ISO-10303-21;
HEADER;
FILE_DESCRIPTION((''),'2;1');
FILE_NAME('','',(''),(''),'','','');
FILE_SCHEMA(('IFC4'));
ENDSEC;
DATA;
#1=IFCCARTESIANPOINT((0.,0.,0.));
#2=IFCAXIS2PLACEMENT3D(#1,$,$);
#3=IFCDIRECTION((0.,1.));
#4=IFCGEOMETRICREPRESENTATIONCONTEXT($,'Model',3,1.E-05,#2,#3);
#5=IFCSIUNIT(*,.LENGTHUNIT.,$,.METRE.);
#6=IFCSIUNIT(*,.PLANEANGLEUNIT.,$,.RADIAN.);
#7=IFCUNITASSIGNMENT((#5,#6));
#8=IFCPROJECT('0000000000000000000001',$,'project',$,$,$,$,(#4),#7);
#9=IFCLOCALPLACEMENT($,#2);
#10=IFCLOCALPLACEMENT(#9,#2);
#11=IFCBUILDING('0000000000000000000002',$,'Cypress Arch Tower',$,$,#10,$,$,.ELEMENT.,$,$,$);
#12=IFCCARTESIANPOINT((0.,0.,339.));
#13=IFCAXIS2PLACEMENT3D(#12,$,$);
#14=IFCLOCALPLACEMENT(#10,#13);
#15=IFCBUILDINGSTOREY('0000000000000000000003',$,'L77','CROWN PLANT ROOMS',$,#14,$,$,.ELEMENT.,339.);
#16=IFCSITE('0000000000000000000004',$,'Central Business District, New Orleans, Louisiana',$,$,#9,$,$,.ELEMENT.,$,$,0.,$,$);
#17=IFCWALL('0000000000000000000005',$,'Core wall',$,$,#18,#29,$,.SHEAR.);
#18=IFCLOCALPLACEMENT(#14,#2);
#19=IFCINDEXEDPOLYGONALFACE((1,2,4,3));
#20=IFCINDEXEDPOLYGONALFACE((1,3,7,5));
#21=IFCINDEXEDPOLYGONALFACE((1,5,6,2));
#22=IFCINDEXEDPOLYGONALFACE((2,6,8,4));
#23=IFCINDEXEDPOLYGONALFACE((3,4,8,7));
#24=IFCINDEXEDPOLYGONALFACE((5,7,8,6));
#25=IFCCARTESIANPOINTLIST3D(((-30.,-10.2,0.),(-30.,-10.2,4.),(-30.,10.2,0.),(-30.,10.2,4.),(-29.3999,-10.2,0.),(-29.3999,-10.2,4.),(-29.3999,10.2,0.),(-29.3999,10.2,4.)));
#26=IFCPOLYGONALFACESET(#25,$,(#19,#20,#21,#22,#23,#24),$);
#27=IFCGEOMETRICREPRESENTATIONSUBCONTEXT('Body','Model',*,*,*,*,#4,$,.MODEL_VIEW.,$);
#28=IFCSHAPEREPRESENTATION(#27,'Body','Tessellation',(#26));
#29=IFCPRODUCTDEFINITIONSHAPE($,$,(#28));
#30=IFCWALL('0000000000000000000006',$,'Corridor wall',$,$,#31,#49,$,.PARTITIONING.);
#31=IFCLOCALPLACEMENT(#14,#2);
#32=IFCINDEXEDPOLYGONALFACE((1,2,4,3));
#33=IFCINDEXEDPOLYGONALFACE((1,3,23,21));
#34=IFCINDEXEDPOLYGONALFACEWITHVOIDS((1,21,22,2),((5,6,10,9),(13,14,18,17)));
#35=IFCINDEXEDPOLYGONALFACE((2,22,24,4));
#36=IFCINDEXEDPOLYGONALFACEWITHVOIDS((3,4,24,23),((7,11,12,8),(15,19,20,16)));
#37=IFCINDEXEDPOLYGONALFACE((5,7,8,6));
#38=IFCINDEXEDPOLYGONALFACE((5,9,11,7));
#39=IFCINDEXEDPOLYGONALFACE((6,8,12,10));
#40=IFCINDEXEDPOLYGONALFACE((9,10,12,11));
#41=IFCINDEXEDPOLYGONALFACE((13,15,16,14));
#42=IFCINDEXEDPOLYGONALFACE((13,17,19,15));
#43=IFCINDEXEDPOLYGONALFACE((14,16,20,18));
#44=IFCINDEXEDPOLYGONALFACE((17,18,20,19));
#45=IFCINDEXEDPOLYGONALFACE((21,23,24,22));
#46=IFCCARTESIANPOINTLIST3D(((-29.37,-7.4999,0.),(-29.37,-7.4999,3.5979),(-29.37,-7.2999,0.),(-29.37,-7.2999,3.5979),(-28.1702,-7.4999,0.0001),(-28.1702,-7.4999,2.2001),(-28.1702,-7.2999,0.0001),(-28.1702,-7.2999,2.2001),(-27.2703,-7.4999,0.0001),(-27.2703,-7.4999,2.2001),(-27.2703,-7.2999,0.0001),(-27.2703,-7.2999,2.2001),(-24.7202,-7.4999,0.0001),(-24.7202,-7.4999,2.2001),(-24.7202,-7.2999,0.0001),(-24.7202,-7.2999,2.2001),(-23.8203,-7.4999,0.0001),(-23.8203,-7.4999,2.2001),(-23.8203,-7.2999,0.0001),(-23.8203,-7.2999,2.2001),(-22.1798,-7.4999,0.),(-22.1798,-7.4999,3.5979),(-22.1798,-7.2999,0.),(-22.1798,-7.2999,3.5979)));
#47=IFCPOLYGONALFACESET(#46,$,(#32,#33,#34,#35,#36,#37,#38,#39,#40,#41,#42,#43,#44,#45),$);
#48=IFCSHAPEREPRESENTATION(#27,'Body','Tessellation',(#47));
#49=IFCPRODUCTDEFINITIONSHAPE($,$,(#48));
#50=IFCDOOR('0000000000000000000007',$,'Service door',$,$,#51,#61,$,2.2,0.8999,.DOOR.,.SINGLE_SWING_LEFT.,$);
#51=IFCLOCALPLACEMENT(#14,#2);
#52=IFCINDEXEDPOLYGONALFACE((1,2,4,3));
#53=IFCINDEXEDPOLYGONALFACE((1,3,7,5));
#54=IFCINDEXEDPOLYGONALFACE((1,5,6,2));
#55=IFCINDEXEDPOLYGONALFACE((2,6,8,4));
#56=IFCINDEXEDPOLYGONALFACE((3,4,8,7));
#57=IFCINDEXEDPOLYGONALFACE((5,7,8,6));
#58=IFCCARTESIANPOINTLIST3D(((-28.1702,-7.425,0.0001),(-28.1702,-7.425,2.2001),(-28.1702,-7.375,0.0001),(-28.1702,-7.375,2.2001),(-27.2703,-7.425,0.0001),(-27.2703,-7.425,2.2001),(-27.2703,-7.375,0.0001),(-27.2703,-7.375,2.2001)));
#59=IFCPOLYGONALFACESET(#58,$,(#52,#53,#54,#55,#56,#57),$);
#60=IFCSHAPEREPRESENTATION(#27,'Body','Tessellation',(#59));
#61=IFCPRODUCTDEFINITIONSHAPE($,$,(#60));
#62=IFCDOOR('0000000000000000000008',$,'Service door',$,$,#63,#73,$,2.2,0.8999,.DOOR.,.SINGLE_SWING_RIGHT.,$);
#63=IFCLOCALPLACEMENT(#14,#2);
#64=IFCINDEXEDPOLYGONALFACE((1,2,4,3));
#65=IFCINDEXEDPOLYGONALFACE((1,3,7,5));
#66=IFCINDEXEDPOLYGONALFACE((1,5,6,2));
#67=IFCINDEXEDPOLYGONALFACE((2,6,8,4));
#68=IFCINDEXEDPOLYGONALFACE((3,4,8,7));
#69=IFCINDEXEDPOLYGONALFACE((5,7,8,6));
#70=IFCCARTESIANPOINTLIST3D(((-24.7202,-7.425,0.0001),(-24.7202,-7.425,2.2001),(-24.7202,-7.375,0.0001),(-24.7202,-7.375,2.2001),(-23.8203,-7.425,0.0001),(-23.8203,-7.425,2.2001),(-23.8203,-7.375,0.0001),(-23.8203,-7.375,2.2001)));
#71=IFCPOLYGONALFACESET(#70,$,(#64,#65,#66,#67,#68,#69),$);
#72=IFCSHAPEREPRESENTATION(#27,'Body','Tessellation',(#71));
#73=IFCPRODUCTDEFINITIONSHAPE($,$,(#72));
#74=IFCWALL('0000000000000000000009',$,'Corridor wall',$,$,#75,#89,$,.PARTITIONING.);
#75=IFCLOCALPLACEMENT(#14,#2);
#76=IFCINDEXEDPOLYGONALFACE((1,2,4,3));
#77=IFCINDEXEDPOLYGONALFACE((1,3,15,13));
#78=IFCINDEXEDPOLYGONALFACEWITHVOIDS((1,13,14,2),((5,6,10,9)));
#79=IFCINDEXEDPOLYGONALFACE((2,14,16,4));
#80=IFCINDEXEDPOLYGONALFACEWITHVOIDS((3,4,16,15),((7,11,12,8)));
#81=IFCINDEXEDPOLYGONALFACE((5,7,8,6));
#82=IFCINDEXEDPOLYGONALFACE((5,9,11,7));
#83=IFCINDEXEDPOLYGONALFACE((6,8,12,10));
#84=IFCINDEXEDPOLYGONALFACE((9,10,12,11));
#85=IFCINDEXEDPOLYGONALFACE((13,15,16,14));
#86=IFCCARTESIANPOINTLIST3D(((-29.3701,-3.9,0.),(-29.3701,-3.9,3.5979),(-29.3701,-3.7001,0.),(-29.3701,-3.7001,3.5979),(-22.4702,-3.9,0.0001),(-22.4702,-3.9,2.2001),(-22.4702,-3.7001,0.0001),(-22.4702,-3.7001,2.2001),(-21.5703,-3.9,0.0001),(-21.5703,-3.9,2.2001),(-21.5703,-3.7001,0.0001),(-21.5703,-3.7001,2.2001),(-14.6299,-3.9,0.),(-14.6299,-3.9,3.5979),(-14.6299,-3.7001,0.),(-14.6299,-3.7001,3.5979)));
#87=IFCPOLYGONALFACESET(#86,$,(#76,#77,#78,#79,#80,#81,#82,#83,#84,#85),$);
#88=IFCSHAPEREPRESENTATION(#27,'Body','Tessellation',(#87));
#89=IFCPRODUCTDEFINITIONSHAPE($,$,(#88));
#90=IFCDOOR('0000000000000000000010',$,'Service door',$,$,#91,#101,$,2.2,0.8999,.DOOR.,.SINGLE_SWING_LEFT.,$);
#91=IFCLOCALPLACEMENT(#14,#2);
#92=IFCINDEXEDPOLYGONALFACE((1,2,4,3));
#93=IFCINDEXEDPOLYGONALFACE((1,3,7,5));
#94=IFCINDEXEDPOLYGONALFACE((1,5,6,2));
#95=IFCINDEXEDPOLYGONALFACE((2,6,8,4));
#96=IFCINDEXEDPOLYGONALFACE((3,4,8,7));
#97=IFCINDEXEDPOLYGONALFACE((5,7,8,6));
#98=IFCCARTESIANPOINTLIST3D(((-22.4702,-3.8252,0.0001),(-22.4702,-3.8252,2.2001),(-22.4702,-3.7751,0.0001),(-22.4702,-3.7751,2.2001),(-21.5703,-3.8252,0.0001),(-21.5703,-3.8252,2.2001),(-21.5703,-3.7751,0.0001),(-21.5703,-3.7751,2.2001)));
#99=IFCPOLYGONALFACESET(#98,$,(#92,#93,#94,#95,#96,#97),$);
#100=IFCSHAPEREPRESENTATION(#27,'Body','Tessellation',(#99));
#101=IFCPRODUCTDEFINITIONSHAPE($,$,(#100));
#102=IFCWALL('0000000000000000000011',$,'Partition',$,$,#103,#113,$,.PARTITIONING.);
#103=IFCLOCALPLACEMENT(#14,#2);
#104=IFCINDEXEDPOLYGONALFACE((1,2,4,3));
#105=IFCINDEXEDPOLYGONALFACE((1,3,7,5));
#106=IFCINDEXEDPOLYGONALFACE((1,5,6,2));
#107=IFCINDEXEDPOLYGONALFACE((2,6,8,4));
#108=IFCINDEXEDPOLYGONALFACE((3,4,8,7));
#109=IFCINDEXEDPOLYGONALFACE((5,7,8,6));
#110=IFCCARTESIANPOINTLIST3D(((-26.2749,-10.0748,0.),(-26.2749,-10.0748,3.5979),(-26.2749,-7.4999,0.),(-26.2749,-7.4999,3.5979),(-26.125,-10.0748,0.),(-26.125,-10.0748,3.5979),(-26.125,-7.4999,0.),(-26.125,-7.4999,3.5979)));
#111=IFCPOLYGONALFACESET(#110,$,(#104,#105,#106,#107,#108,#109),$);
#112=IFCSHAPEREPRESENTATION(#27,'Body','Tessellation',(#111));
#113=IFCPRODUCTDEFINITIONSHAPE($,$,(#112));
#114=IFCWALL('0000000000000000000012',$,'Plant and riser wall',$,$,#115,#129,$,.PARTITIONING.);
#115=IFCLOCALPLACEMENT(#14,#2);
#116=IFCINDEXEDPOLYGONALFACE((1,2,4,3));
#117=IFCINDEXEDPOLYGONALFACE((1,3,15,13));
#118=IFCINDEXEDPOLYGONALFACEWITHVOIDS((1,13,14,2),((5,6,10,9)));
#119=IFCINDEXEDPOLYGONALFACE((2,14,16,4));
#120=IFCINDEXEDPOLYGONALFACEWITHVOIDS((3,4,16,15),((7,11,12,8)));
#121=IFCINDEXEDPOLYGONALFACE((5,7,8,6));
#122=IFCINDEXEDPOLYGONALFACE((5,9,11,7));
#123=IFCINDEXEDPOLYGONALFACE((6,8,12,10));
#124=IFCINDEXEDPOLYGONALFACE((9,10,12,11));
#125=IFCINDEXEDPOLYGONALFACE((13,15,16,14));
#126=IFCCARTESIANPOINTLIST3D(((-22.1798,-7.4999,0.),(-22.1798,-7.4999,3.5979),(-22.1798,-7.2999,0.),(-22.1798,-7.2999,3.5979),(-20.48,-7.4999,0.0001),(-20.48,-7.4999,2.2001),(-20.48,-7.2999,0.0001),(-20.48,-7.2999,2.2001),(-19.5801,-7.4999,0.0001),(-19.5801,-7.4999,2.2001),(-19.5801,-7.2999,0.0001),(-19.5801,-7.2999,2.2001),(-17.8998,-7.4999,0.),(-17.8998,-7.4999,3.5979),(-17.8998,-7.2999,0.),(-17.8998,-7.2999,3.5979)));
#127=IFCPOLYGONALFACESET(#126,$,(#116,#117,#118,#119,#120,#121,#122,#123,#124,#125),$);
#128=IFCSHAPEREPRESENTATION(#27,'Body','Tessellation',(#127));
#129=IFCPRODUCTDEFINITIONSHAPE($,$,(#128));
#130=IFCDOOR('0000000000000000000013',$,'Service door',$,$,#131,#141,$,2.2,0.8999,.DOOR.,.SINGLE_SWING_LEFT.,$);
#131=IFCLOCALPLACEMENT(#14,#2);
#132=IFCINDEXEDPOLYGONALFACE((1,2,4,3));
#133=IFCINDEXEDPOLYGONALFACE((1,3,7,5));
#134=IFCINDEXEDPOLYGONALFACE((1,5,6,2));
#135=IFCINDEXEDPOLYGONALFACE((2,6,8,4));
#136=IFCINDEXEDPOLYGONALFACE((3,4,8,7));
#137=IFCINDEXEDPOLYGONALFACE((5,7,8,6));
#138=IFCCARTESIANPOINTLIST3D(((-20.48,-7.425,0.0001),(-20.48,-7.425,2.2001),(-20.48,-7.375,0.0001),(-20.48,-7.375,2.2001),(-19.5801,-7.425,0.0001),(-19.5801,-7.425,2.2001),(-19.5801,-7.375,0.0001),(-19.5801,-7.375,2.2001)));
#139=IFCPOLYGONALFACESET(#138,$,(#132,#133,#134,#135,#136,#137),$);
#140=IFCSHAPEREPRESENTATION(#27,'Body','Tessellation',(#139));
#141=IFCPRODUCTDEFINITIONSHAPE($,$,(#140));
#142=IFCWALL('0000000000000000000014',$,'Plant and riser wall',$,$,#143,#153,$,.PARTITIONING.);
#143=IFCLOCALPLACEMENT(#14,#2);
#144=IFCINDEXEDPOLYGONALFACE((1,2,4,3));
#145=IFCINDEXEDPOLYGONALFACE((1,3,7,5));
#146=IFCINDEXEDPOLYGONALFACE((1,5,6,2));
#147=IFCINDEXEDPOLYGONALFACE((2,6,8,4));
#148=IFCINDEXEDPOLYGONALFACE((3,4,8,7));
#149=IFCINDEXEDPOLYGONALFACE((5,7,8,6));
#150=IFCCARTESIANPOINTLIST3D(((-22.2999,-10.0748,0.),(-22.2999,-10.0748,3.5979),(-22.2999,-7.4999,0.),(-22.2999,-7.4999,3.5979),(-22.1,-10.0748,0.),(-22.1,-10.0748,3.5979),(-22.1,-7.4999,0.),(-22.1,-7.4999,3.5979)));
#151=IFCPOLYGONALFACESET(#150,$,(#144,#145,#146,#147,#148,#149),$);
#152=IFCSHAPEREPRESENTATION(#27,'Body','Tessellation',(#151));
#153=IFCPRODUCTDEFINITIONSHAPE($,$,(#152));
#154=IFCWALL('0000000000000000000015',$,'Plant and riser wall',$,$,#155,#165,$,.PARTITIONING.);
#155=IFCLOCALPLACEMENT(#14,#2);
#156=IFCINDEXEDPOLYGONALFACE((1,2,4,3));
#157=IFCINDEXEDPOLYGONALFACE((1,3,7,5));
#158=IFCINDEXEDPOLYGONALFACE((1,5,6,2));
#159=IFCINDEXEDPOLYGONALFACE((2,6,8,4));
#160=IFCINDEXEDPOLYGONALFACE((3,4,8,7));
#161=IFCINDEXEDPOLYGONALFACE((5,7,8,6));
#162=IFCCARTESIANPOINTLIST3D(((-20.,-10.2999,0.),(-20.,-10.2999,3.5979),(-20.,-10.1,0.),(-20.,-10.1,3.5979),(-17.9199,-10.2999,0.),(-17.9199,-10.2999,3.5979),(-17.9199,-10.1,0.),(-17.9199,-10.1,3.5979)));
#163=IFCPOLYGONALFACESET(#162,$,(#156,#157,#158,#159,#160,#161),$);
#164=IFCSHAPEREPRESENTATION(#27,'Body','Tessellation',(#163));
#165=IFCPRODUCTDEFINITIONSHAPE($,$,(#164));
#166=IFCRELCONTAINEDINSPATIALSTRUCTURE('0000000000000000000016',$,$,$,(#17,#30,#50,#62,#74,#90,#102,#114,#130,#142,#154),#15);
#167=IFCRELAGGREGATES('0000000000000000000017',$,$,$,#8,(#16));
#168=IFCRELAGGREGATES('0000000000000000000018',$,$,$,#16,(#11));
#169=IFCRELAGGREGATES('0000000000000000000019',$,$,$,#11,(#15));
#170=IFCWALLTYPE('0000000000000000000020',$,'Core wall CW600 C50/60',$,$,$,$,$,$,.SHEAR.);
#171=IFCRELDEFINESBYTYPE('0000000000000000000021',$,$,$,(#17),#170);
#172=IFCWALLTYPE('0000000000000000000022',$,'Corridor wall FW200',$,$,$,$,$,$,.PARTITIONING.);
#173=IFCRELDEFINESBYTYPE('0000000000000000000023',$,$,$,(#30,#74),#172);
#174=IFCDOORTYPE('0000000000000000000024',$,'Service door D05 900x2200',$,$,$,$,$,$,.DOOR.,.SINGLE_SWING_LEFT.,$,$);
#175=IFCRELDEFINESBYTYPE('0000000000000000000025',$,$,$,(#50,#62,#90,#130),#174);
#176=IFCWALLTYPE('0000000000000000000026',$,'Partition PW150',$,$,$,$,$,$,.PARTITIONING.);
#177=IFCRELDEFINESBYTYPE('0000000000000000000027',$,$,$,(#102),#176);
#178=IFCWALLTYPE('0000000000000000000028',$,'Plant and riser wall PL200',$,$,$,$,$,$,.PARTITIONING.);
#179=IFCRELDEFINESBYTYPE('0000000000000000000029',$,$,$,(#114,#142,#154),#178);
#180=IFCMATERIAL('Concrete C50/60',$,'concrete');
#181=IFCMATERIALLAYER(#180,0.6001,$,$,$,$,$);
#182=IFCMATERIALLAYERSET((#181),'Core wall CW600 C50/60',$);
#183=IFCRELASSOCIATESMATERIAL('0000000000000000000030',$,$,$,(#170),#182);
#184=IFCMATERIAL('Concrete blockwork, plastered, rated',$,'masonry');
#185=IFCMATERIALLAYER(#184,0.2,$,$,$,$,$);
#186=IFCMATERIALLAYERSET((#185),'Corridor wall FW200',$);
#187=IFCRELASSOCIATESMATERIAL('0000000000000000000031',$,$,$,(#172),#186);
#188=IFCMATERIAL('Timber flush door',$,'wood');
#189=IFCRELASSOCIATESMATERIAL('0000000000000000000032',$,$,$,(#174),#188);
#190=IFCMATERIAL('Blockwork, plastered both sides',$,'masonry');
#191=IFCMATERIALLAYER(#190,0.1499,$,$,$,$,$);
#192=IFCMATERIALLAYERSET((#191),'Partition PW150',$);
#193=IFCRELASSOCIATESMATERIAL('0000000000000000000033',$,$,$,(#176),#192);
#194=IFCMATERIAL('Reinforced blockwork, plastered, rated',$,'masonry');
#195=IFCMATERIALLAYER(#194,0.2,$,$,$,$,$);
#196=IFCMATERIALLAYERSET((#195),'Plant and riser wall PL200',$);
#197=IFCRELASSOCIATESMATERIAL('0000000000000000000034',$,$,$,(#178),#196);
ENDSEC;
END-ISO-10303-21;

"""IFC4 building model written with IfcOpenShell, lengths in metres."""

from ifc_helpers import new_model, si_unit, direction, frame, frame_2d, origin, place, context, subcontext, project, spatial, rectangle, extrude, material, layer, layer_set, type_object, element, fill, save


model = new_model("IFC4")

# Units and contexts
model_context = context("Model", 3, precision=1e-05, world=origin(), true_north=direction((0.0, 1.0)))
body_context = subcontext(model_context, "Body", "Model", "MODEL_VIEW")
ifc_project = project(units=[si_unit("LENGTHUNIT", "METRE"), si_unit("PLANEANGLEUNIT", "RADIAN")], contexts=[model_context])

# Site, building, storey
site_placement = place(None, origin())
site = spatial("IfcSite", under=ifc_project, at=site_placement, Name="Central Business District, New Orleans, Louisiana", CompositionType="ELEMENT", RefElevation=0.0)
building_placement = place(site_placement, origin())
building = spatial("IfcBuilding", under=site, at=building_placement, Name="Cypress Arch Tower", CompositionType="ELEMENT")
storey_placement = place(building_placement, frame((0.0, 0.0, 339.0)))
storey = spatial("IfcBuildingStorey", under=building, at=storey_placement, Name="L77", Description="CROWN PLANT ROOMS", CompositionType="ELEMENT", Elevation=339.0)

# Wall
ifc_material_1 = material(Name="Concrete C50/60", Category="concrete")
ifc_layer_1 = layer(ifc_material_1, 0.6001)
ifc_layer_set_1 = layer_set([ifc_layer_1], Name="Core wall CW600 C50/60")
wall_type_1 = type_object("IfcWallType", Name="Core wall CW600 C50/60", PredefinedType="SHEAR", material=ifc_layer_set_1)
wall_1_placement = place(storey_placement, frame((-29.7, -10.2, 0.0), z_axis=(0.0, 0.0, 1.0), x_axis=(0.0, 1.0, 0.0)))
element("IfcWall", 1, at=wall_1_placement, inside=storey, type_object=wall_type_1, Name="Core wall", PredefinedType="SHEAR", context=body_context, shape_type="SweptSolid", body=[
    extrude(rectangle(XDim=20.3999, YDim=0.6001, at=frame_2d((10.2, 0.0))), origin(), (0.0, 0.0, 1.0), 4.0),
])

# Wall, openings, doors
ifc_material_2 = material(Name="Concrete blockwork, plastered, rated", Category="masonry")
ifc_layer_2 = layer(ifc_material_2, 0.2)
ifc_layer_set_2 = layer_set([ifc_layer_2], Name="Corridor wall FW200")
wall_type_2 = type_object("IfcWallType", Name="Corridor wall FW200", PredefinedType="PARTITIONING", material=ifc_layer_set_2)
wall_2_placement = place(storey_placement, frame((-29.3701, -7.3999, 0.0), z_axis=(0.0, 0.0, 1.0), x_axis=(1.0, 0.0, 0.0)))
wall_2 = element("IfcWall", 2, at=wall_2_placement, inside=storey, type_object=wall_type_2, Name="Corridor wall", PredefinedType="PARTITIONING", context=body_context, shape_type="SweptSolid", body=[
    extrude(rectangle(XDim=7.1902, YDim=0.2, at=frame_2d((3.5952, 0.0))), origin(), (0.0, 0.0, 1.0), 3.5979),
])
opening_1_placement = place(wall_2_placement, frame((1.2, 0.0, 0.0)))
opening_1 = element("IfcOpeningElement", 3, at=opening_1_placement, cuts=wall_2, PredefinedType="OPENING", context=body_context, shape_type="SweptSolid", body=[
    extrude(rectangle(XDim=0.8999, YDim=2.2, at=frame_2d((0.45, 1.1001))), frame((0.0, 0.1099, 0.0), z_axis=(0.0, -1.0, 0.0), x_axis=(1.0, 0.0, 0.0)), (0.0, 0.0, 1.0), 0.22),
])
opening_2_placement = place(wall_2_placement, frame((4.6499, 0.0, 0.0)))
opening_2 = element("IfcOpeningElement", 4, at=opening_2_placement, cuts=wall_2, PredefinedType="OPENING", context=body_context, shape_type="SweptSolid", body=[
    extrude(rectangle(XDim=0.8999, YDim=2.2, at=frame_2d((0.45, 1.1001))), frame((0.0, 0.1099, 0.0), z_axis=(0.0, -1.0, 0.0), x_axis=(1.0, 0.0, 0.0)), (0.0, 0.0, 1.0), 0.22),
])
ifc_material_3 = material(Name="Timber flush door", Category="wood")
door_type_1 = type_object("IfcDoorType", Name="Service door D05 900x2200", OperationType="SINGLE_SWING_LEFT", PredefinedType="DOOR", material=ifc_material_3)
door_1_placement = place(opening_1_placement, origin())
door_1 = element("IfcDoor", 5, at=door_1_placement, inside=storey, type_object=door_type_1, Name="Service door", OperationType="SINGLE_SWING_LEFT", OverallHeight=2.2, OverallWidth=0.8999, PredefinedType="DOOR", context=body_context, shape_type="SweptSolid", body=[
    extrude(rectangle(XDim=0.8999, YDim=2.2, at=frame_2d((0.45, 1.1001))), frame((0.0, 0.0249, 0.0), z_axis=(0.0, -1.0, 0.0), x_axis=(1.0, 0.0, 0.0)), (0.0, 0.0, 1.0), 0.05),
])
fill(opening_1, door_1)
door_2_placement = place(opening_2_placement, origin())
door_2 = element("IfcDoor", 6, at=door_2_placement, inside=storey, type_object=door_type_1, Name="Service door", OperationType="SINGLE_SWING_RIGHT", OverallHeight=2.2, OverallWidth=0.8999, PredefinedType="DOOR", context=body_context, shape_type="SweptSolid", body=[
    extrude(rectangle(XDim=0.8999, YDim=2.2, at=frame_2d((0.45, 1.1001))), frame((0.0, 0.0249, 0.0), z_axis=(0.0, -1.0, 0.0), x_axis=(1.0, 0.0, 0.0)), (0.0, 0.0, 1.0), 0.05),
])
fill(opening_2, door_2)

# Wall, opening, door
wall_3_placement = place(storey_placement, frame((-29.3701, -3.8, 0.0), z_axis=(0.0, 0.0, 1.0), x_axis=(1.0, 0.0, 0.0)))
wall_3 = element("IfcWall", 7, at=wall_3_placement, inside=storey, type_object=wall_type_2, Name="Corridor wall", PredefinedType="PARTITIONING", context=body_context, shape_type="SweptSolid", body=[
    extrude(rectangle(XDim=14.7402, YDim=0.2, at=frame_2d((7.3701, 0.0))), origin(), (0.0, 0.0, 1.0), 3.5979),
])
opening_3_placement = place(wall_3_placement, frame((6.8999, 0.0, 0.0)))
opening_3 = element("IfcOpeningElement", 8, at=opening_3_placement, cuts=wall_3, PredefinedType="OPENING", context=body_context, shape_type="SweptSolid", body=[
    extrude(rectangle(XDim=0.8999, YDim=2.2, at=frame_2d((0.45, 1.1001))), frame((0.0, 0.1099, 0.0), z_axis=(0.0, -1.0, 0.0), x_axis=(1.0, 0.0, 0.0)), (0.0, 0.0, 1.0), 0.22),
])
door_3_placement = place(opening_3_placement, origin())
door_3 = element("IfcDoor", 9, at=door_3_placement, inside=storey, type_object=door_type_1, Name="Service door", OperationType="SINGLE_SWING_LEFT", OverallHeight=2.2, OverallWidth=0.8999, PredefinedType="DOOR", context=body_context, shape_type="SweptSolid", body=[
    extrude(rectangle(XDim=0.8999, YDim=2.2, at=frame_2d((0.45, 1.1001))), frame((0.0, 0.0249, 0.0), z_axis=(0.0, -1.0, 0.0), x_axis=(1.0, 0.0, 0.0)), (0.0, 0.0, 1.0), 0.05),
])
fill(opening_3, door_3)

# Wall
ifc_material_4 = material(Name="Blockwork, plastered both sides", Category="masonry")
ifc_layer_3 = layer(ifc_material_4, 0.1499)
ifc_layer_set_3 = layer_set([ifc_layer_3], Name="Partition PW150")
wall_type_3 = type_object("IfcWallType", Name="Partition PW150", PredefinedType="PARTITIONING", material=ifc_layer_set_3)
wall_4_placement = place(storey_placement, frame((-26.2, -10.075, 0.0), z_axis=(0.0, 0.0, 1.0), x_axis=(0.0, 1.0, 0.0)))
element("IfcWall", 10, at=wall_4_placement, inside=storey, type_object=wall_type_3, Name="Partition", PredefinedType="PARTITIONING", context=body_context, shape_type="SweptSolid", body=[
    extrude(rectangle(XDim=2.575, YDim=0.1499, at=frame_2d((1.2876, 0.0))), origin(), (0.0, 0.0, 1.0), 3.5979),
])

# Wall, opening, door
ifc_material_5 = material(Name="Reinforced blockwork, plastered, rated", Category="masonry")
ifc_layer_4 = layer(ifc_material_5, 0.2)
ifc_layer_set_4 = layer_set([ifc_layer_4], Name="Plant and riser wall PL200")
wall_type_4 = type_object("IfcWallType", Name="Plant and riser wall PL200", PredefinedType="PARTITIONING", material=ifc_layer_set_4)
wall_5_placement = place(storey_placement, frame((-22.1799, -7.3999, 0.0), z_axis=(0.0, 0.0, 1.0), x_axis=(1.0, 0.0, 0.0)))
wall_5 = element("IfcWall", 11, at=wall_5_placement, inside=storey, type_object=wall_type_4, Name="Plant and riser wall", PredefinedType="PARTITIONING", context=body_context, shape_type="SweptSolid", body=[
    extrude(rectangle(XDim=4.28, YDim=0.2, at=frame_2d((2.1401, 0.0))), origin(), (0.0, 0.0, 1.0), 3.5979),
])
opening_4_placement = place(wall_5_placement, frame((1.7, 0.0, 0.0)))
opening_4 = element("IfcOpeningElement", 12, at=opening_4_placement, cuts=wall_5, PredefinedType="OPENING", context=body_context, shape_type="SweptSolid", body=[
    extrude(rectangle(XDim=0.8999, YDim=2.2, at=frame_2d((0.45, 1.1001))), frame((0.0, 0.1099, 0.0), z_axis=(0.0, -1.0, 0.0), x_axis=(1.0, 0.0, 0.0)), (0.0, 0.0, 1.0), 0.22),
])
door_4_placement = place(opening_4_placement, origin())
door_4 = element("IfcDoor", 13, at=door_4_placement, inside=storey, type_object=door_type_1, Name="Service door", OperationType="SINGLE_SWING_LEFT", OverallHeight=2.2, OverallWidth=0.8999, PredefinedType="DOOR", context=body_context, shape_type="SweptSolid", body=[
    extrude(rectangle(XDim=0.8999, YDim=2.2, at=frame_2d((0.45, 1.1001))), frame((0.0, 0.0249, 0.0), z_axis=(0.0, -1.0, 0.0), x_axis=(1.0, 0.0, 0.0)), (0.0, 0.0, 1.0), 0.05),
])
fill(opening_4, door_4)

# Walls
wall_6_placement = place(storey_placement, frame((-22.2, -10.075, 0.0), z_axis=(0.0, 0.0, 1.0), x_axis=(0.0, 1.0, 0.0)))
element("IfcWall", 14, at=wall_6_placement, inside=storey, type_object=wall_type_4, Name="Plant and riser wall", PredefinedType="PARTITIONING", context=body_context, shape_type="SweptSolid", body=[
    extrude(rectangle(XDim=2.575, YDim=0.2, at=frame_2d((1.2876, 0.0))), origin(), (0.0, 0.0, 1.0), 3.5979),
])
wall_7_placement = place(storey_placement, frame((-20.0, -10.2, 0.0), z_axis=(0.0, 0.0, 1.0), x_axis=(1.0, 0.0, 0.0)))
element("IfcWall", 15, at=wall_7_placement, inside=storey, type_object=wall_type_4, Name="Plant and riser wall", PredefinedType="PARTITIONING", context=body_context, shape_type="SweptSolid", body=[
    extrude(rectangle(XDim=2.0801, YDim=0.2, at=frame_2d((1.04, 0.0))), origin(), (0.0, 0.0, 1.0), 3.5979),
])

save(model, "model.ifc")
